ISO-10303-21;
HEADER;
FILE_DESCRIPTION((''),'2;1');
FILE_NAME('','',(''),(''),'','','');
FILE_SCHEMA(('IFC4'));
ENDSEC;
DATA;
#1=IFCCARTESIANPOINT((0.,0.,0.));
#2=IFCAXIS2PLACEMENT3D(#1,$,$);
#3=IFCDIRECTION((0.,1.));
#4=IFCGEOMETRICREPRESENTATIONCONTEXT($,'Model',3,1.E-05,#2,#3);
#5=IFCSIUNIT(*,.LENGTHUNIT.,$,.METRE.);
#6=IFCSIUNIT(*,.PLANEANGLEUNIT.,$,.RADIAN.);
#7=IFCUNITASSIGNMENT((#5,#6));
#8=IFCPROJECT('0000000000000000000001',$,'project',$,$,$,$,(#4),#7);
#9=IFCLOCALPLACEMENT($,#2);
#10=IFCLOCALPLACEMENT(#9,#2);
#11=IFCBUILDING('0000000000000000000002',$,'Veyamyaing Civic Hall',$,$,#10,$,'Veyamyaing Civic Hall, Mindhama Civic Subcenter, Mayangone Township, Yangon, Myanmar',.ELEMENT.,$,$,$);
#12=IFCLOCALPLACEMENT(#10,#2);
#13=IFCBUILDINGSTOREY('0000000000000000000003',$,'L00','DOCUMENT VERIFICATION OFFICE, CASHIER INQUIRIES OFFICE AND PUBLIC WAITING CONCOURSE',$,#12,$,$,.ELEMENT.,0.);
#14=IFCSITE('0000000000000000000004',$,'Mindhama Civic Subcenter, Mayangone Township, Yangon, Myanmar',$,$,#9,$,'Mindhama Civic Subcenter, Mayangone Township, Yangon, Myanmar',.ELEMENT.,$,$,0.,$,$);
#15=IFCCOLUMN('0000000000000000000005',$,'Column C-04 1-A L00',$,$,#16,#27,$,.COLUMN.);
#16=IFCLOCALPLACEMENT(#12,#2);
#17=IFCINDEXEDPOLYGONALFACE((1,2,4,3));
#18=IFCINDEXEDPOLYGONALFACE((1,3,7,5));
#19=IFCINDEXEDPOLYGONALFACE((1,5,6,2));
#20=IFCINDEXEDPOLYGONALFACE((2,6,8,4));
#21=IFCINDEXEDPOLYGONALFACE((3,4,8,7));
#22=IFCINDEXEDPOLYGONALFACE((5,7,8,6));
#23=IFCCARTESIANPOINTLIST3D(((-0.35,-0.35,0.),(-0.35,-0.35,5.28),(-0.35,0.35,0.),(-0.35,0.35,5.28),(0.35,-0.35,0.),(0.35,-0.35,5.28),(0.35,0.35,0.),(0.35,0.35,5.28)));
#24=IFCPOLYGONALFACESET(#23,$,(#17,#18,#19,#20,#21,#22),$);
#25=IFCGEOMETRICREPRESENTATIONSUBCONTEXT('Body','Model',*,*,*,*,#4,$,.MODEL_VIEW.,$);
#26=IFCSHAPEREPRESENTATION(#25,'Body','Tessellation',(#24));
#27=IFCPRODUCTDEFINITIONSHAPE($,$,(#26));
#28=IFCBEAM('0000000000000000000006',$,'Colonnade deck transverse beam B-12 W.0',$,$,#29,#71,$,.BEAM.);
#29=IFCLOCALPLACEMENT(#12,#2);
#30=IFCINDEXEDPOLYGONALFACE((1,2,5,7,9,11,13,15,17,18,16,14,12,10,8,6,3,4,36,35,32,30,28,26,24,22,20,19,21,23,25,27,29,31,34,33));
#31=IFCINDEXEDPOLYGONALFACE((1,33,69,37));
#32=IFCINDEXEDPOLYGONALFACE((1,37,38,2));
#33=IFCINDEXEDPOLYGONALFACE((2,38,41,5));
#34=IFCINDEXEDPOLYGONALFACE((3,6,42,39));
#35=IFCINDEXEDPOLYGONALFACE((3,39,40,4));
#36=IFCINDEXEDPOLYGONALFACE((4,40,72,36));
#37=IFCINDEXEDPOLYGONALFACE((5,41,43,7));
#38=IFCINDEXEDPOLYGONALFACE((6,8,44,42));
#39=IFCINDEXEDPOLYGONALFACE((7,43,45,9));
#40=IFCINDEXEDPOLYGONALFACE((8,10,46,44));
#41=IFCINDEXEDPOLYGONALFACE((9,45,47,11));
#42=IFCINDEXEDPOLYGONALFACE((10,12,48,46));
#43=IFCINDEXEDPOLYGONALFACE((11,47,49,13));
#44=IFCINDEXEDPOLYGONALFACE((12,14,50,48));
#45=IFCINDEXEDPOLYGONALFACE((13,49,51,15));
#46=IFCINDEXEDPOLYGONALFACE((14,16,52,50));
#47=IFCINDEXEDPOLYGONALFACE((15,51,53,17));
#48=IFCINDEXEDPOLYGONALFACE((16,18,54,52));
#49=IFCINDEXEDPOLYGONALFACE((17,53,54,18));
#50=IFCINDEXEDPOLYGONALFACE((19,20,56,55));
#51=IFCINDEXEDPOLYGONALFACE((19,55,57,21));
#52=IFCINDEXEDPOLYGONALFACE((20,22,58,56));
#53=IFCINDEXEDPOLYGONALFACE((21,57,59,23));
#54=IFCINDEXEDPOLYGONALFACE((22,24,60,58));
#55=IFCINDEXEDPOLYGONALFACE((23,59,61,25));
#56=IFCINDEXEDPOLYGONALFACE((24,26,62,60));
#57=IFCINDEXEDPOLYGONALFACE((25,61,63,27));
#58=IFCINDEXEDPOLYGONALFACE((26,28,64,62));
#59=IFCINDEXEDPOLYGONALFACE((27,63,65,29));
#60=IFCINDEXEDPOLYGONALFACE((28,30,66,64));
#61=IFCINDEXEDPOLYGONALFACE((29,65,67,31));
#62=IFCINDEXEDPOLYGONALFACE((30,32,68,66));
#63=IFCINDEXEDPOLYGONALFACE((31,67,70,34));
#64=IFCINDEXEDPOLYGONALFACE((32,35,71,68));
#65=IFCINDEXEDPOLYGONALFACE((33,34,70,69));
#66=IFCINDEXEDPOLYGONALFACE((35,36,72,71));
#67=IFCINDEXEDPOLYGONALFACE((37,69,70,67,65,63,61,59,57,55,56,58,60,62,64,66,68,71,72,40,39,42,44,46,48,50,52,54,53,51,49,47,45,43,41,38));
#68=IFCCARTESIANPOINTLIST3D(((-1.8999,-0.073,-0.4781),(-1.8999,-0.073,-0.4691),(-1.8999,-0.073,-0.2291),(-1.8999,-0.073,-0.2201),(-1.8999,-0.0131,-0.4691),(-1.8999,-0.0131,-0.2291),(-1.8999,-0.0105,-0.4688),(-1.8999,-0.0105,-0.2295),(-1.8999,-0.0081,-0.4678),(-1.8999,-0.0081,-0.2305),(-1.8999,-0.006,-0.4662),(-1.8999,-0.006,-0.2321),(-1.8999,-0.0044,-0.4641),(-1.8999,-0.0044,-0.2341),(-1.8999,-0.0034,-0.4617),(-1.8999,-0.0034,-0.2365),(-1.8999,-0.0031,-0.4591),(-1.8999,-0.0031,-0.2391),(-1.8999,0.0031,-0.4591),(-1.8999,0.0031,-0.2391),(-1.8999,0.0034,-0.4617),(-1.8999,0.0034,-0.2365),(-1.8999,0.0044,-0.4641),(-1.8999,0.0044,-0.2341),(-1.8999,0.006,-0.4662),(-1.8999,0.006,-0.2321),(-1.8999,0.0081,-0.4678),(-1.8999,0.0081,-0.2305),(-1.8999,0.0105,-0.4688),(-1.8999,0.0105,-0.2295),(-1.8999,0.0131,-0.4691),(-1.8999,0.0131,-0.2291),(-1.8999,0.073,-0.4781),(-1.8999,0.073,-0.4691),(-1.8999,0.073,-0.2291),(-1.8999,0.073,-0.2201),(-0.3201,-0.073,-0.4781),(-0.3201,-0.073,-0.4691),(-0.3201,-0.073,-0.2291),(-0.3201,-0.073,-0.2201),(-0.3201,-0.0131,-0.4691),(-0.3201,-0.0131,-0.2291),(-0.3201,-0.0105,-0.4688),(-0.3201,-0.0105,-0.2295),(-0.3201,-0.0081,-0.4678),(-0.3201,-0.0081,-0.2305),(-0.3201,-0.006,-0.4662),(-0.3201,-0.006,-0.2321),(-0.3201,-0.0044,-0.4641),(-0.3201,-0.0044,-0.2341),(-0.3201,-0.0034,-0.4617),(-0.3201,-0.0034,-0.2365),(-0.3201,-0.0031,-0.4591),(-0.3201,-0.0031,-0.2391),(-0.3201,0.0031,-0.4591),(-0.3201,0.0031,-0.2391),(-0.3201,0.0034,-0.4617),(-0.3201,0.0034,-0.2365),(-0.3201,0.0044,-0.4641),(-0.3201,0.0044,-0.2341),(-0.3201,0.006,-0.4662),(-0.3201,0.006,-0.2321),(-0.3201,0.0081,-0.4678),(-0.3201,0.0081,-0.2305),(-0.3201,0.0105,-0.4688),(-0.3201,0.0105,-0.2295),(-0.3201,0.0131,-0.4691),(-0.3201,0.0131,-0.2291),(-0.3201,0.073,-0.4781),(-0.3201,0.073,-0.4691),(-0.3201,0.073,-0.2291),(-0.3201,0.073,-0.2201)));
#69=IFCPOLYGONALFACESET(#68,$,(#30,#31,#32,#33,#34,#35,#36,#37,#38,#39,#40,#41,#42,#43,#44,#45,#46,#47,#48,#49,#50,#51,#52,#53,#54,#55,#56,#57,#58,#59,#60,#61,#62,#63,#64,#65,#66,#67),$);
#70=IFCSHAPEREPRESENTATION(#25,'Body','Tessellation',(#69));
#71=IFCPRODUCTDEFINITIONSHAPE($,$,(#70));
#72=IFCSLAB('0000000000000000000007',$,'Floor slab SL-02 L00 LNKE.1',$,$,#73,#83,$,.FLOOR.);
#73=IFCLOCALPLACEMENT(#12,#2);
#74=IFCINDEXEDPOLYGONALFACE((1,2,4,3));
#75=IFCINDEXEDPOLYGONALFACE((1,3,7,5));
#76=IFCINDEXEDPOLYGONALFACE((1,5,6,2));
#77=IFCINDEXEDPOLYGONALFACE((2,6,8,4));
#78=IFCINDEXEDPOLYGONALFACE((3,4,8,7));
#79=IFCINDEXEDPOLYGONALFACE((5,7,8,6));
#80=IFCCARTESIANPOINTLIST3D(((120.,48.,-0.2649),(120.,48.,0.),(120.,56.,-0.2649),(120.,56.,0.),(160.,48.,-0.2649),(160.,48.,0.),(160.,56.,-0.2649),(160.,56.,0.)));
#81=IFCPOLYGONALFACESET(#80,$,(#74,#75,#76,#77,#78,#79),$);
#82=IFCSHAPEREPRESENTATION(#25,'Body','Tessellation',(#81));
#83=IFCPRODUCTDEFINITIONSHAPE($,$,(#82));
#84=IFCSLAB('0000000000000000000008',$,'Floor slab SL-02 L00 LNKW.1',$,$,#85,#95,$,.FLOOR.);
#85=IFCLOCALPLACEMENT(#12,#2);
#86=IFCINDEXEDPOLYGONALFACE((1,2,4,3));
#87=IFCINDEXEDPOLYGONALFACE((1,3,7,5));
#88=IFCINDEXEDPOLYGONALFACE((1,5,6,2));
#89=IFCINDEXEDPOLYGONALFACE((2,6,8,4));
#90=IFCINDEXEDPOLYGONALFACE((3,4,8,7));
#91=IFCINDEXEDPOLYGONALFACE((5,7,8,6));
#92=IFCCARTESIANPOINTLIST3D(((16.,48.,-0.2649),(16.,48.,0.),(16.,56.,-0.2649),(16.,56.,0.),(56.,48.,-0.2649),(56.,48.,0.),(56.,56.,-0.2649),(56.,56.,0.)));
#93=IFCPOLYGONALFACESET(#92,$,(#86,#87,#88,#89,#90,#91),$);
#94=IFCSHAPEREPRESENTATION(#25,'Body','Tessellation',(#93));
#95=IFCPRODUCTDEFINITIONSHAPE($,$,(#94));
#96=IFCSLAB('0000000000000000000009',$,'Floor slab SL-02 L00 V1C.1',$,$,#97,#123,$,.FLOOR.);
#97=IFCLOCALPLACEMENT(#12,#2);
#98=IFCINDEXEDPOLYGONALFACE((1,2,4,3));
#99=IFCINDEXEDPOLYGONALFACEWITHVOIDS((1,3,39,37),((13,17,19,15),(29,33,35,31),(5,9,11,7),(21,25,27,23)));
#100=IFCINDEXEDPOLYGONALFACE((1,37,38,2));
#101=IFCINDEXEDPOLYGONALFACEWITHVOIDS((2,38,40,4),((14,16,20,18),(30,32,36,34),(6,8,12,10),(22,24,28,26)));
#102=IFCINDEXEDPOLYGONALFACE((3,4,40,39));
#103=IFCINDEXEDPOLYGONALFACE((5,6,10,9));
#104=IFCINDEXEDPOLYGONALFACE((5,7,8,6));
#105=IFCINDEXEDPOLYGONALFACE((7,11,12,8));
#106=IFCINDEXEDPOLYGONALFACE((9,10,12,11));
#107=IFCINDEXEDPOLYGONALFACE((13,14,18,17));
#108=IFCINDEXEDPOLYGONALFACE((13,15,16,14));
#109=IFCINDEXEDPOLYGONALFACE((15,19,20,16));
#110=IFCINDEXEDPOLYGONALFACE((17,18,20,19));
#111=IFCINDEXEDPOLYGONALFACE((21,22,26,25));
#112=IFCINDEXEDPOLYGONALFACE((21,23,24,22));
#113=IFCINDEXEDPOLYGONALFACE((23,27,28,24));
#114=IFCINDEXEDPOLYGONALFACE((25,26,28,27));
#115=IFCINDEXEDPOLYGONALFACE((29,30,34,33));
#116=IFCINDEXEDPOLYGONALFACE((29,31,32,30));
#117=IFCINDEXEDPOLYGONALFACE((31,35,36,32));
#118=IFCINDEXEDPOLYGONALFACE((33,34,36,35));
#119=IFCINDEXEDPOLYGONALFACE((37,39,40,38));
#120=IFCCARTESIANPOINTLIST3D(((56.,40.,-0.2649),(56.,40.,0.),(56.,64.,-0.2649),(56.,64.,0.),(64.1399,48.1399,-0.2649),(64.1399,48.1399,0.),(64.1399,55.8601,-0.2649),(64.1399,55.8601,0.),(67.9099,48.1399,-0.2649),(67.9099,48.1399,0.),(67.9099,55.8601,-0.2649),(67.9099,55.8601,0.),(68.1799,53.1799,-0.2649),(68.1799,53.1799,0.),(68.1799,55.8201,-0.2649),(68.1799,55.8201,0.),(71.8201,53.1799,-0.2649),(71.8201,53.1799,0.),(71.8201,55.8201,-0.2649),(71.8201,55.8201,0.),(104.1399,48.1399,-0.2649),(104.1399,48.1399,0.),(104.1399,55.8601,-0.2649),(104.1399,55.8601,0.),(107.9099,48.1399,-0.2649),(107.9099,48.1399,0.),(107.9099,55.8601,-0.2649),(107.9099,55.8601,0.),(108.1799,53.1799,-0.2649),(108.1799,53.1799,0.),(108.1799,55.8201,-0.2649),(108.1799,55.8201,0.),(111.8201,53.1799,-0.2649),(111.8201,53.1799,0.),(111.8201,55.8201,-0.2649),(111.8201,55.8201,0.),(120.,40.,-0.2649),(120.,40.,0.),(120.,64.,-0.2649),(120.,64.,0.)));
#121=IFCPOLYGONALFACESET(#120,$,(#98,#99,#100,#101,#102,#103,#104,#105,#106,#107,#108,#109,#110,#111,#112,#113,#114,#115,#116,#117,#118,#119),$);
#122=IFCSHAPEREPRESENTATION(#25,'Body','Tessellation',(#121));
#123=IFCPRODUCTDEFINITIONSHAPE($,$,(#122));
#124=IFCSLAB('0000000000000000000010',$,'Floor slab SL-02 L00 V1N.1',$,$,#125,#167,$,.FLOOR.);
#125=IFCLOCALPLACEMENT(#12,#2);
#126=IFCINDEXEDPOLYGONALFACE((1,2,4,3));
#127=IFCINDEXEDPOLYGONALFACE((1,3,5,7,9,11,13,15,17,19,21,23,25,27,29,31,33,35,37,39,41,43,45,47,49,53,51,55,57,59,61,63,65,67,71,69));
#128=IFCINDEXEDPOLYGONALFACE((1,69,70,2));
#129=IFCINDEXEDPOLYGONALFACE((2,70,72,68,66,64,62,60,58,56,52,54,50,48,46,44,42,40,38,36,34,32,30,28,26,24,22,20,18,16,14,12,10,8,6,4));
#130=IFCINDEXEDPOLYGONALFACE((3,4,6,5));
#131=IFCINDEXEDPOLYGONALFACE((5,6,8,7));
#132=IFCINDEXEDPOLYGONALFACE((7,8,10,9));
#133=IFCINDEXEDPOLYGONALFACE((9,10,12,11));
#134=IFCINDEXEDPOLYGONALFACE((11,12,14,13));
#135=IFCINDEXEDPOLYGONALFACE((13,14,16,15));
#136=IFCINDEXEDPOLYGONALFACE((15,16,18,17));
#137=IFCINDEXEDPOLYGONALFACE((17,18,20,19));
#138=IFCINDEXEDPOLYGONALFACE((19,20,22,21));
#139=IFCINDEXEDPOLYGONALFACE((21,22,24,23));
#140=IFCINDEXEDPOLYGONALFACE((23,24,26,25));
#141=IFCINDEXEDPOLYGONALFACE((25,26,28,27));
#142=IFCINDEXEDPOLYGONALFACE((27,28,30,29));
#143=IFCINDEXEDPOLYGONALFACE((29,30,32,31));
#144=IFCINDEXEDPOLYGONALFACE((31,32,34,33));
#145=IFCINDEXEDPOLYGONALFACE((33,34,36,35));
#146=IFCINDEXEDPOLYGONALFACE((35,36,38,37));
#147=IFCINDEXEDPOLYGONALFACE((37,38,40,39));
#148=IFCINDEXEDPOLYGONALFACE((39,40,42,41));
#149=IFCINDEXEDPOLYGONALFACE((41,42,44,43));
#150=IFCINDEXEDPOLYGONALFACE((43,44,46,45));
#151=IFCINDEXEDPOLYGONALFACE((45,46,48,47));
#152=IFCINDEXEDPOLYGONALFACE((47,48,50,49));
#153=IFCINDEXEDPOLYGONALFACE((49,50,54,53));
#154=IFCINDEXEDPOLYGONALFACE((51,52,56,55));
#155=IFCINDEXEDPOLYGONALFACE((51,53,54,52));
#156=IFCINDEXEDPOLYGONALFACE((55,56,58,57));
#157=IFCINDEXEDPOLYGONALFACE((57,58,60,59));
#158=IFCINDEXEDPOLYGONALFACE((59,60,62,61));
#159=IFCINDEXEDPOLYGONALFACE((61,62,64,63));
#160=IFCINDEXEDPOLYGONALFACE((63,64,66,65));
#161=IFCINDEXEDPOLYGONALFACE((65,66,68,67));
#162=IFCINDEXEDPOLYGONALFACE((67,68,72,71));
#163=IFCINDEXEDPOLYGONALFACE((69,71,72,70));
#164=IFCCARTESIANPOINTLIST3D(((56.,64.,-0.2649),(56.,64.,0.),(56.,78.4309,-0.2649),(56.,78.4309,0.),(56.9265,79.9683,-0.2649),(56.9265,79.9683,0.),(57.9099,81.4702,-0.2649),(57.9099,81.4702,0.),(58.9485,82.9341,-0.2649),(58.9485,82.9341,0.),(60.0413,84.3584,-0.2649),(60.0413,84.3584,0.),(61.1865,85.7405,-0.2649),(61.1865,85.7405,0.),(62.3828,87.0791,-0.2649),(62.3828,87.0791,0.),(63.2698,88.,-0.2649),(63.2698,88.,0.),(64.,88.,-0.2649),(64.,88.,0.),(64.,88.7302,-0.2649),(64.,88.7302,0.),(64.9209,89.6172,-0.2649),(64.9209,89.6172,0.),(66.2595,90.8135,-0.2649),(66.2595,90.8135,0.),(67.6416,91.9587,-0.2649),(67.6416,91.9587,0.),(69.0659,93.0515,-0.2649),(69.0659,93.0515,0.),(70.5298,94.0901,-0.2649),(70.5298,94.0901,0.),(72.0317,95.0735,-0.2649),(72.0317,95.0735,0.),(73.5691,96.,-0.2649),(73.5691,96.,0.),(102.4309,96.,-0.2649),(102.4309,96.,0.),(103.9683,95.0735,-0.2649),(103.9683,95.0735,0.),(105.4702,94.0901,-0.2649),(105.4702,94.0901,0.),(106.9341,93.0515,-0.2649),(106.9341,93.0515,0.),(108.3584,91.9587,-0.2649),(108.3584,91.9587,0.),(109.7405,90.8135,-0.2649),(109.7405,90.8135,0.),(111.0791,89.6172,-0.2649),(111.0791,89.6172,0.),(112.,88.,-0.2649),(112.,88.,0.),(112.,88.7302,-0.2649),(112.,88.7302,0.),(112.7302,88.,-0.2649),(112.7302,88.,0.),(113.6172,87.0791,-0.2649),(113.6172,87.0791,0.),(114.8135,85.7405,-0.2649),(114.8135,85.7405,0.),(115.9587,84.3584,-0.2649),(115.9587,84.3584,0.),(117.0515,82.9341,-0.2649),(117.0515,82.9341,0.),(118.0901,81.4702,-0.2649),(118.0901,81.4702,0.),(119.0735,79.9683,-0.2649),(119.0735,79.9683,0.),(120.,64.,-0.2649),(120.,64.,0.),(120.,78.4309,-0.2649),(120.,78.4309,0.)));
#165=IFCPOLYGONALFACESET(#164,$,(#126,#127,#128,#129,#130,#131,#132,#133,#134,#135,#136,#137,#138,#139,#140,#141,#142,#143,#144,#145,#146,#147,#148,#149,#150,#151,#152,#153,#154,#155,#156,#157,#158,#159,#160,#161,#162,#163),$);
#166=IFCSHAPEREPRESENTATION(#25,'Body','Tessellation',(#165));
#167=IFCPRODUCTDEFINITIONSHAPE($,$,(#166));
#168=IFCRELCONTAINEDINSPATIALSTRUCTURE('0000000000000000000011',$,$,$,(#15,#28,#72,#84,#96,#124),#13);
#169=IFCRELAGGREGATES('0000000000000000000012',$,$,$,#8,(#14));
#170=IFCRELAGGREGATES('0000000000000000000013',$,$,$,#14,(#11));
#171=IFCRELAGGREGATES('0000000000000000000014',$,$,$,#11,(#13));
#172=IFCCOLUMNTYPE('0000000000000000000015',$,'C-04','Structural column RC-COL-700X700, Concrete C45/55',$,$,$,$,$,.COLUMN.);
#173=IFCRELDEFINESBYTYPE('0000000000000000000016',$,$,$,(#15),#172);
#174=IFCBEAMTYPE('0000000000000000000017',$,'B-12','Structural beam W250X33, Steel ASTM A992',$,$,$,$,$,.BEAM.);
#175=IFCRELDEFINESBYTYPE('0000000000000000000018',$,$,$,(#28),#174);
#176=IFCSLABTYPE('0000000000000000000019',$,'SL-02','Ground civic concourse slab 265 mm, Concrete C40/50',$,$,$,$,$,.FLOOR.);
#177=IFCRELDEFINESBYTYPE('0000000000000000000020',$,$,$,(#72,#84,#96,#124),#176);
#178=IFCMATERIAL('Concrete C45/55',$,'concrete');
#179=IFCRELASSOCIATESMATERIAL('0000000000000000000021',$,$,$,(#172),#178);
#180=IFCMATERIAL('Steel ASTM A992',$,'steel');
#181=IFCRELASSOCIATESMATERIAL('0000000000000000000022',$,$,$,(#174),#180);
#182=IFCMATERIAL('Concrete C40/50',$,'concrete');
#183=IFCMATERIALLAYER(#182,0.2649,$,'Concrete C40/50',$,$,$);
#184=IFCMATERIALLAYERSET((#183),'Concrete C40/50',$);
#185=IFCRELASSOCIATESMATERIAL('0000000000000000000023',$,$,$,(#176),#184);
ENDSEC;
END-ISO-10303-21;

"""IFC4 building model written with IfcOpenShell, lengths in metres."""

from ifc_helpers import new_model, si_unit, direction, frame, origin, origin_with_axes, origin_2d, place, context, subcontext, project, spatial, polyline, rectangle, i_section, outline, extrude, material, layer, layer_set, material_profile, profile_set, type_object, element, save


model = new_model("IFC4")

# Units and contexts
model_context = context("Model", 3, precision=1e-05, world=origin(), true_north=direction((0.0, 1.0)))
body_context = subcontext(model_context, "Body", "Model", "MODEL_VIEW")
ifc_project = project(units=[si_unit("LENGTHUNIT", "METRE"), si_unit("PLANEANGLEUNIT", "RADIAN")], contexts=[model_context])

# Site, building, storey
site_placement = place(None, origin())
site = spatial("IfcSite", under=ifc_project, at=site_placement, Name="Mindhama Civic Subcenter, Mayangone Township, Yangon, Myanmar", LongName="Mindhama Civic Subcenter, Mayangone Township, Yangon, Myanmar", CompositionType="ELEMENT", RefElevation=0.0)
building_placement = place(site_placement, origin())
building = spatial("IfcBuilding", under=site, at=building_placement, Name="Veyamyaing Civic Hall", LongName="Veyamyaing Civic Hall, Mindhama Civic Subcenter, Mayangone Township, Yangon, Myanmar", CompositionType="ELEMENT")
storey_placement = place(building_placement, origin())
storey = spatial("IfcBuildingStorey", under=building, at=storey_placement, Name="L00", Description="DOCUMENT VERIFICATION OFFICE, CASHIER INQUIRIES OFFICE AND PUBLIC WAITING CONCOURSE", CompositionType="ELEMENT", Elevation=0.0)

# Column
ifc_material_1 = material(Name="Concrete C45/55", Category="concrete")
ifc_material_profile_1 = material_profile(ifc_material_1, rectangle(XDim=0.7, YDim=0.7, at=origin_2d()), Name="RC-COL-700X700")
ifc_profile_set_1 = profile_set([ifc_material_profile_1], Name="Concrete C45/55")
column_type = type_object("IfcColumnType", Name="C-04", Description="Structural column RC-COL-700X700, Concrete C45/55", PredefinedType="COLUMN", material=ifc_profile_set_1)
column_placement = place(storey_placement, origin_with_axes())
element("IfcColumn", 1, at=column_placement, inside=storey, type_object=column_type, Name="Column C-04 1-A L00", PredefinedType="COLUMN", context=body_context, shape_type="SweptSolid", body=[
    extrude(rectangle(XDim=0.7, YDim=0.7, at=origin_2d()), origin(), (0.0, 0.0, 1.0), 5.28),
])

# Beam
ifc_material_2 = material(Name="Steel ASTM A992", Category="steel")
ifc_material_profile_2 = material_profile(ifc_material_2, i_section(OverallWidth=0.146, OverallDepth=0.2581, WebThickness=0.0061, FlangeThickness=0.009, FilletRadius=0.01, at=origin_2d()), Name="W250X33")
ifc_profile_set_2 = profile_set([ifc_material_profile_2], Name="Steel ASTM A992")
beam_type = type_object("IfcBeamType", Name="B-12", Description="Structural beam W250X33, Steel ASTM A992", PredefinedType="BEAM", material=ifc_profile_set_2)
beam_placement = place(storey_placement, frame((-1.8999, 0.0, -0.3491), z_axis=(1.0, 0.0, 0.0), x_axis=(0.0, 1.0, 0.0)))
element("IfcBeam", 2, at=beam_placement, inside=storey, type_object=beam_type, Name="Colonnade deck transverse beam B-12 W.0", PredefinedType="BEAM", context=body_context, shape_type="SweptSolid", body=[
    extrude(i_section(OverallWidth=0.146, OverallDepth=0.2581, WebThickness=0.0061, FlangeThickness=0.009, FilletRadius=0.01, at=origin_2d()), origin(), (0.0, 0.0, 1.0), 1.5798),
])

# Slabs
ifc_material_3 = material(Name="Concrete C40/50", Category="concrete")
ifc_layer_1 = layer(ifc_material_3, 0.2649, Name="Concrete C40/50")
ifc_layer_set_1 = layer_set([ifc_layer_1], Name="Concrete C40/50")
slab_type_1 = type_object("IfcSlabType", Name="SL-02", Description="Ground civic concourse slab 265 mm, Concrete C40/50", PredefinedType="FLOOR", material=ifc_layer_set_1)
slab_1_placement = place(storey_placement, frame((0.0, 0.0, -0.2649)))
element("IfcSlab", 3, at=slab_1_placement, inside=storey, type_object=slab_type_1, Name="Floor slab SL-02 L00 LNKE.1", PredefinedType="FLOOR", context=body_context, shape_type="SweptSolid", body=[
    extrude(outline(polyline([(120.0, 56.0), (160.0, 56.0), (160.0, 48.0), (120.0, 48.0), (120.0, 56.0)])), origin(), (0.0, 0.0, 1.0), 0.2649),
])
slab_2_placement = place(storey_placement, frame((0.0, 0.0, -0.2649)))
element("IfcSlab", 4, at=slab_2_placement, inside=storey, type_object=slab_type_1, Name="Floor slab SL-02 L00 LNKW.1", PredefinedType="FLOOR", context=body_context, shape_type="SweptSolid", body=[
    extrude(outline(polyline([(16.0, 56.0), (56.0, 56.0), (56.0, 48.0), (16.0, 48.0), (16.0, 56.0)])), origin(), (0.0, 0.0, 1.0), 0.2649),
])
slab_3_placement = place(storey_placement, frame((0.0, 0.0, -0.2649)))
element("IfcSlab", 5, at=slab_3_placement, inside=storey, type_object=slab_type_1, Name="Floor slab SL-02 L00 V1C.1", PredefinedType="FLOOR", context=body_context, shape_type="SweptSolid", body=[
    extrude(outline(polyline([(56.0, 64.0), (120.0, 64.0), (120.0, 40.0), (56.0, 40.0), (56.0, 64.0)]), holes=[polyline([(67.9099, 55.8601), (64.1399, 55.8601), (64.1399, 48.1399), (67.9099, 48.1399), (67.9099, 55.8601)]), polyline([(71.8201, 55.8201), (68.1799, 55.8201), (68.1799, 53.1799), (71.8201, 53.1799), (71.8201, 55.8201)]), polyline([(107.9099, 55.8601), (104.1399, 55.8601), (104.1399, 48.1399), (107.9099, 48.1399), (107.9099, 55.8601)]), polyline([(111.8201, 55.8201), (108.1799, 55.8201), (108.1799, 53.1799), (111.8201, 53.1799), (111.8201, 55.8201)])]), origin(), (0.0, 0.0, 1.0), 0.2649),
])
slab_4_placement = place(storey_placement, frame((0.0, 0.0, -0.2649)))
element("IfcSlab", 6, at=slab_4_placement, inside=storey, type_object=slab_type_1, Name="Floor slab SL-02 L00 V1N.1", PredefinedType="FLOOR", context=body_context, shape_type="SweptSolid", body=[
    extrude(outline(polyline([(64.0, 88.7302), (64.9209, 89.6172), (66.2595, 90.8135), (67.6416, 91.9587), (69.0659, 93.0515), (70.5298, 94.0901), (72.0317, 95.0735), (73.5691, 96.0), (102.4309, 96.0), (103.9683, 95.0735), (105.4702, 94.0901), (106.9341, 93.0515), (108.3584, 91.9587), (109.7405, 90.8135), (111.0791, 89.6172), (112.0, 88.7302), (112.0, 88.0), (112.7302, 88.0), (113.6172, 87.0791), (114.8135, 85.7405), (115.9587, 84.3584), (117.0515, 82.9341), (118.0901, 81.4702), (119.0735, 79.9683), (120.0, 78.4309), (120.0, 64.0), (56.0, 64.0), (56.0, 78.4309), (56.9265, 79.9683), (57.9099, 81.4702), (58.9485, 82.9341), (60.0413, 84.3584), (61.1865, 85.7405), (62.3828, 87.0791), (63.2698, 88.0), (64.0, 88.0), (64.0, 88.7302)])), origin(), (0.0, 0.0, 1.0), 0.2649),
])

save(model, "model.ifc")
